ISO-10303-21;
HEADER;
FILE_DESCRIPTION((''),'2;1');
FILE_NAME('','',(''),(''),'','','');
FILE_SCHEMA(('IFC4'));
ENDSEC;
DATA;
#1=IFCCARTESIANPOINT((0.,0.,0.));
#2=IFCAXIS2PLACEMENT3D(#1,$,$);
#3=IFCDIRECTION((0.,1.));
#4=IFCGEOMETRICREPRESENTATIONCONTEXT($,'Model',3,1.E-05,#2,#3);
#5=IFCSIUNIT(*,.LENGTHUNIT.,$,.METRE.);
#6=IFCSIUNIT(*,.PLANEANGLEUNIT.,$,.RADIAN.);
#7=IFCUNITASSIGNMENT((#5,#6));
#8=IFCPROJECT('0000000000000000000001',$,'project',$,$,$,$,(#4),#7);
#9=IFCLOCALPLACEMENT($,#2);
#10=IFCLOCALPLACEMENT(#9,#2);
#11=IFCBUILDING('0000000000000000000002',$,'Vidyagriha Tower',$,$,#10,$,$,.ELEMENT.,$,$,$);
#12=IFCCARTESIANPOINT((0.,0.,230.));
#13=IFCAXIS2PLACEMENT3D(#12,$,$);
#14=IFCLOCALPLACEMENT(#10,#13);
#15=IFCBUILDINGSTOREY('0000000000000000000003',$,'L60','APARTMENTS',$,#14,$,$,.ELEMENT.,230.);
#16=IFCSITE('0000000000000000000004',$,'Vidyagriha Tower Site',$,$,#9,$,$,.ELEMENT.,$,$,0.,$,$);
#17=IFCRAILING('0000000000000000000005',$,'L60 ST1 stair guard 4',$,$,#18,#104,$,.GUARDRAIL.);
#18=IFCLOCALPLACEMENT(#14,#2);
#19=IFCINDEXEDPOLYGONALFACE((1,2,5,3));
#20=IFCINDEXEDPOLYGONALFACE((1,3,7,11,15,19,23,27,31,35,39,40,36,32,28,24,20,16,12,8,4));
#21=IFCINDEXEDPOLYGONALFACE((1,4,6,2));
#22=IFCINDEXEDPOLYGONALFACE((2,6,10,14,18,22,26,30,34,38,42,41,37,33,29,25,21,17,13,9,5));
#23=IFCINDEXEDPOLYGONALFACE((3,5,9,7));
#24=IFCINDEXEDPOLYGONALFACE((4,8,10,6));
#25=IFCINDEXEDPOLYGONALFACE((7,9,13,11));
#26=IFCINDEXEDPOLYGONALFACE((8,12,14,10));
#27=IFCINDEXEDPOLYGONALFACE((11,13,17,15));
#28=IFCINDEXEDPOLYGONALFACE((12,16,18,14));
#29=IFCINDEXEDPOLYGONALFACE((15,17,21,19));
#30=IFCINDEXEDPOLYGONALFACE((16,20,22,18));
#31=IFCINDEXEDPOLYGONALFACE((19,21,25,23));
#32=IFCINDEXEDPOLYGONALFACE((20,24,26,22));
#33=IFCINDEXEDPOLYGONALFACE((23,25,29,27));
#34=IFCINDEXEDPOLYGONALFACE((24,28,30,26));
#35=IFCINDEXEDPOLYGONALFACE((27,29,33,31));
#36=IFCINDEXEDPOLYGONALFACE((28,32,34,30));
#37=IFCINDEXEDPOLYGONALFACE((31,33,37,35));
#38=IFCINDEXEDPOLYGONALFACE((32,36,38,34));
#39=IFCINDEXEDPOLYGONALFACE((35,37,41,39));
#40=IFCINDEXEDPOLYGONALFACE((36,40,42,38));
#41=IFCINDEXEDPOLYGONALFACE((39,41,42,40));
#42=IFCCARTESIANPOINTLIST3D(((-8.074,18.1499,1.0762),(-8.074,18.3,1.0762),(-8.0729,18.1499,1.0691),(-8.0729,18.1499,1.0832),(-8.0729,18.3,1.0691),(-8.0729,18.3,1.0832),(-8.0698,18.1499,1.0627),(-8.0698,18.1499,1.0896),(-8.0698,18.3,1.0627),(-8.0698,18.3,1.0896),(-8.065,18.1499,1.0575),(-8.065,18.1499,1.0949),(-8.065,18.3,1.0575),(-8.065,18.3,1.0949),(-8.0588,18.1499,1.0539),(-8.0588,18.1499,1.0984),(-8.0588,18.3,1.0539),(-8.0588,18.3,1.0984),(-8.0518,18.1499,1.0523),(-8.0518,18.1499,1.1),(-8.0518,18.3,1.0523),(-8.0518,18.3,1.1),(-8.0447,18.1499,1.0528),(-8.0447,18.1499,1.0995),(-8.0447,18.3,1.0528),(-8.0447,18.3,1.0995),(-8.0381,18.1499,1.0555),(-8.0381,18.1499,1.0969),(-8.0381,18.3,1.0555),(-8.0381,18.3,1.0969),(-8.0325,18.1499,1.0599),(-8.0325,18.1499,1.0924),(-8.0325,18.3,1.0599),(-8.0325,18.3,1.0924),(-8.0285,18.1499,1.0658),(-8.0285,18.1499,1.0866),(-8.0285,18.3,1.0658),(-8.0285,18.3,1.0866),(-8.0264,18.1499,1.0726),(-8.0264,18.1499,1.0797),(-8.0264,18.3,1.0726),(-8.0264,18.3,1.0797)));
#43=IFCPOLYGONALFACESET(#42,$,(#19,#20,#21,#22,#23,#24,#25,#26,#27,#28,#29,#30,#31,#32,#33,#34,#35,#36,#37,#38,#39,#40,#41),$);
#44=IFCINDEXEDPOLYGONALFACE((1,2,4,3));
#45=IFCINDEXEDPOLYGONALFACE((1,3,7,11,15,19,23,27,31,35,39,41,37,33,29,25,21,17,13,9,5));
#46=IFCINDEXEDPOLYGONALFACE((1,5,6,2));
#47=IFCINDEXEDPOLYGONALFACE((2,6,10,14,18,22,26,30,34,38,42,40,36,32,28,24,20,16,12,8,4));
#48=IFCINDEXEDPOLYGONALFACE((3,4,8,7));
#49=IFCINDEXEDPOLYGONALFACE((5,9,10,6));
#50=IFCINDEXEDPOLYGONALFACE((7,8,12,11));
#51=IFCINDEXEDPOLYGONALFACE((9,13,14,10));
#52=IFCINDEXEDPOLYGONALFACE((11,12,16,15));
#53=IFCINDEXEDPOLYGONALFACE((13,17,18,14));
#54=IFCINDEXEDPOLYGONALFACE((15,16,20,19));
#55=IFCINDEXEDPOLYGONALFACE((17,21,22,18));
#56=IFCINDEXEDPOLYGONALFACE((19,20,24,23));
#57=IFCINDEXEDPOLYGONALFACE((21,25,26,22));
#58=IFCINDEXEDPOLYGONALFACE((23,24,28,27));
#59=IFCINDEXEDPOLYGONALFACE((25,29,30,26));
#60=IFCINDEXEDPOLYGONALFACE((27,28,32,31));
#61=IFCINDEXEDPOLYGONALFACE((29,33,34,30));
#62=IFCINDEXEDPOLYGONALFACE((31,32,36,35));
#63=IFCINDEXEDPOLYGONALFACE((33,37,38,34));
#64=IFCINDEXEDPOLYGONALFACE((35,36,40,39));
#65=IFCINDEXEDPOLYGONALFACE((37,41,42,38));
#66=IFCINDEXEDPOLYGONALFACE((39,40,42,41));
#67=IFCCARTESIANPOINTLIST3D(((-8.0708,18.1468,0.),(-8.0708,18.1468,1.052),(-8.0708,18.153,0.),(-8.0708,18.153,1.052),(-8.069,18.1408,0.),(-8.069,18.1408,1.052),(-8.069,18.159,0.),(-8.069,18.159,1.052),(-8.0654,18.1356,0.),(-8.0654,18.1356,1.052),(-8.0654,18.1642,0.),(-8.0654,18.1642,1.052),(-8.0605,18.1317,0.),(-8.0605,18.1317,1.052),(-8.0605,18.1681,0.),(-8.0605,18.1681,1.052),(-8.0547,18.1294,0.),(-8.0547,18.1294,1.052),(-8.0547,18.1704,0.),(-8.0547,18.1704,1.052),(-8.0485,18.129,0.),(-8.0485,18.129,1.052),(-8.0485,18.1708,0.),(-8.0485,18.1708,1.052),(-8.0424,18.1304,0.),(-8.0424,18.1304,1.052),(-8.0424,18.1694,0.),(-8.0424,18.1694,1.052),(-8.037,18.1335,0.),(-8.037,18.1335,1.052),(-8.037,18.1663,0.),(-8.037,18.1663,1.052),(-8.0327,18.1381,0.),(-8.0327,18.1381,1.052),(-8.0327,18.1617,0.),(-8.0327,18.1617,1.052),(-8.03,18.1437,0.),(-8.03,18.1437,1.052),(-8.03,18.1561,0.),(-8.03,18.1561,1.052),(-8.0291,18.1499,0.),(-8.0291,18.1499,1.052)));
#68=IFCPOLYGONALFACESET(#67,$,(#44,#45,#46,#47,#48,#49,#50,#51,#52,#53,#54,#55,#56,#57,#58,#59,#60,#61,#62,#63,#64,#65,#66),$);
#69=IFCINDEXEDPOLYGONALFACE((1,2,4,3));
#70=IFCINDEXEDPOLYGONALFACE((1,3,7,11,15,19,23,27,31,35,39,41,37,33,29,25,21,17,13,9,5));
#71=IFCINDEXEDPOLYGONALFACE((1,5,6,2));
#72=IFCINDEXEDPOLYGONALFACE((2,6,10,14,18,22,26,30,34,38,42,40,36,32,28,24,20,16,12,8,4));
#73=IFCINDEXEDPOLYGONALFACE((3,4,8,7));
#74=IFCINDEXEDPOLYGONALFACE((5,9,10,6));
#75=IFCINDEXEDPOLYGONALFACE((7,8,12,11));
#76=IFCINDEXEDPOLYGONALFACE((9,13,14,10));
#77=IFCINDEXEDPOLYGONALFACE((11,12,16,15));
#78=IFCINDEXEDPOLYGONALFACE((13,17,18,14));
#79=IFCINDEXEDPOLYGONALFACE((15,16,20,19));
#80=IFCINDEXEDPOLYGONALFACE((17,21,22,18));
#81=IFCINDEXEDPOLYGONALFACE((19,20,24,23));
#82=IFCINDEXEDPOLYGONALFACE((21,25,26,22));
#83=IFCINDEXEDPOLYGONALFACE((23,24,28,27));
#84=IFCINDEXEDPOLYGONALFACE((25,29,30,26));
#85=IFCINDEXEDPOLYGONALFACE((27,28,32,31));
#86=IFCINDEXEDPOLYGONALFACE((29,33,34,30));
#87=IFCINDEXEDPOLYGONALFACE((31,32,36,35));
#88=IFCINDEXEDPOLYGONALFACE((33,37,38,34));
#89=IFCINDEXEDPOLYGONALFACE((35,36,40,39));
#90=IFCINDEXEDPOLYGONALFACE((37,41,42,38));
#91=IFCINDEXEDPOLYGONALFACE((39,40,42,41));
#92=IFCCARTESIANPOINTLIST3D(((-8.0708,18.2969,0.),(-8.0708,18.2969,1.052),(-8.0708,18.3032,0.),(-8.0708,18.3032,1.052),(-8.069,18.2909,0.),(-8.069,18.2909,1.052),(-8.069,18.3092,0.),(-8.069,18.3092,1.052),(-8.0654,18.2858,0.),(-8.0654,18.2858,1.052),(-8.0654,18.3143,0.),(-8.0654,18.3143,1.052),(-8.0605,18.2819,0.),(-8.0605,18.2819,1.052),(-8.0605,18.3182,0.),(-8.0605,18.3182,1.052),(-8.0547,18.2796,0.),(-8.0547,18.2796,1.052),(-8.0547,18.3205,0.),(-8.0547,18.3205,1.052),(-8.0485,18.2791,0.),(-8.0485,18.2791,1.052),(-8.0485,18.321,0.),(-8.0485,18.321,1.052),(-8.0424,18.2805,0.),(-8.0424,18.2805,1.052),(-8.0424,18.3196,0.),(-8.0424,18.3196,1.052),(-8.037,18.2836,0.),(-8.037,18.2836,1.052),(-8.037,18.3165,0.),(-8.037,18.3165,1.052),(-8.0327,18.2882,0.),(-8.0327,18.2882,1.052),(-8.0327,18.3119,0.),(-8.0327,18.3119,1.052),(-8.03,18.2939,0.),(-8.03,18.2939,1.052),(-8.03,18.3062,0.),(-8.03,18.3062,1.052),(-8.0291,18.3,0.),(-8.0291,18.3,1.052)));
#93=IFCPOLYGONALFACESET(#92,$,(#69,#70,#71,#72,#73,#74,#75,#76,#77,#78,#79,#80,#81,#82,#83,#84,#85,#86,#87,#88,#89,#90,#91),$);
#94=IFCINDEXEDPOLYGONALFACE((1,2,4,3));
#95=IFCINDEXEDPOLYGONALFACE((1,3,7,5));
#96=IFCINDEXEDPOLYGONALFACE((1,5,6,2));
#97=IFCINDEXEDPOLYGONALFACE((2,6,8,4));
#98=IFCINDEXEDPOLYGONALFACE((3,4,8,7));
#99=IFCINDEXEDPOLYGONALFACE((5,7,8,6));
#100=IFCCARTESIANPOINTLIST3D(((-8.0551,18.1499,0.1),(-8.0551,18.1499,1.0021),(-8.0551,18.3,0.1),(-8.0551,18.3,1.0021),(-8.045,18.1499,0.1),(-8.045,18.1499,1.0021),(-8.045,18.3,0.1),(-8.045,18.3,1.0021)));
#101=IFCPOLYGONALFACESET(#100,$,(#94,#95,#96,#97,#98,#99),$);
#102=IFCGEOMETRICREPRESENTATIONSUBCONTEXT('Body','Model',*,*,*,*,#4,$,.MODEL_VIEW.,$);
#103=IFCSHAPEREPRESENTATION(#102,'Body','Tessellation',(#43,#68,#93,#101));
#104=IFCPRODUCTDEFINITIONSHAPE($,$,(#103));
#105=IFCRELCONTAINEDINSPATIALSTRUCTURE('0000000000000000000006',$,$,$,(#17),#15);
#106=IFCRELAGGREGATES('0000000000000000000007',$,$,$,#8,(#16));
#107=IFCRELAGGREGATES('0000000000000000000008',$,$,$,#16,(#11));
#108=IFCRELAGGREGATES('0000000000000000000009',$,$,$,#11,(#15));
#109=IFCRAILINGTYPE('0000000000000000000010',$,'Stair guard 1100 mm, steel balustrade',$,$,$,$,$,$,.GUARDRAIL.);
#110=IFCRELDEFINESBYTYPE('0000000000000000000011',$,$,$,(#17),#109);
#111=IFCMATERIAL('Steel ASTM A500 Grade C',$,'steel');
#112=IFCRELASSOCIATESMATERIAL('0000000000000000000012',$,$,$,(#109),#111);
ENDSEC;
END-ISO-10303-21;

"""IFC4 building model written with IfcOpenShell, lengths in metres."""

from ifc_helpers import new_model, si_unit, direction, frame, origin, origin_2d, place, context, subcontext, project, spatial, rectangle, circle, extrude, material, type_object, element, save


model = new_model("IFC4")

# Units and contexts
model_context = context("Model", 3, precision=1e-05, world=origin(), true_north=direction((0.0, 1.0)))
body_context = subcontext(model_context, "Body", "Model", "MODEL_VIEW")
ifc_project = project(units=[si_unit("LENGTHUNIT", "METRE"), si_unit("PLANEANGLEUNIT", "RADIAN")], contexts=[model_context])

# Site, building, storey
site_placement = place(None, origin())
site = spatial("IfcSite", under=ifc_project, at=site_placement, Name="Vidyagriha Tower Site", CompositionType="ELEMENT", RefElevation=0.0)
building_placement = place(site_placement, origin())
building = spatial("IfcBuilding", under=site, at=building_placement, Name="Vidyagriha Tower", CompositionType="ELEMENT")
storey_placement = place(building_placement, frame((0.0, 0.0, 230.0)))
storey = spatial("IfcBuildingStorey", under=building, at=storey_placement, Name="L60", Description="APARTMENTS", CompositionType="ELEMENT", Elevation=230.0)

# Railing
ifc_material_1 = material(Name="Steel ASTM A500 Grade C", Category="steel")
railing_type_1 = type_object("IfcRailingType", Name="Stair guard 1100 mm, steel balustrade", PredefinedType="GUARDRAIL", material=ifc_material_1)
railing_1_placement = place(storey_placement, frame((-8.05, 18.1499, 0.0)))
element("IfcRailing", 1, at=railing_1_placement, inside=storey, type_object=railing_type_1, Name="L60 ST1 stair guard 4", PredefinedType="GUARDRAIL", context=body_context, shape_type="SweptSolid", body=[
    extrude(circle(Radius=0.0239, at=origin_2d()), frame((0.0, 0.0, 1.0762), z_axis=(0.0, 1.0, 0.0), x_axis=(-1.0, 0.0, 0.0)), (0.0, 0.0, 1.0), 0.1501),
    extrude(circle(Radius=0.021, at=origin_2d()), origin(), (0.0, 0.0, 1.0), 1.052),
    extrude(circle(Radius=0.021, at=origin_2d()), frame((0.0, 0.1501, 0.0)), (0.0, 0.0, 1.0), 1.052),
    extrude(rectangle(XDim=0.01, YDim=0.9021, at=origin_2d()), frame((0.0, 0.0, 0.551), z_axis=(0.0, 1.0, 0.0), x_axis=(-1.0, 0.0, 0.0)), (0.0, 0.0, 1.0), 0.1501),
])

save(model, "model.ifc")
